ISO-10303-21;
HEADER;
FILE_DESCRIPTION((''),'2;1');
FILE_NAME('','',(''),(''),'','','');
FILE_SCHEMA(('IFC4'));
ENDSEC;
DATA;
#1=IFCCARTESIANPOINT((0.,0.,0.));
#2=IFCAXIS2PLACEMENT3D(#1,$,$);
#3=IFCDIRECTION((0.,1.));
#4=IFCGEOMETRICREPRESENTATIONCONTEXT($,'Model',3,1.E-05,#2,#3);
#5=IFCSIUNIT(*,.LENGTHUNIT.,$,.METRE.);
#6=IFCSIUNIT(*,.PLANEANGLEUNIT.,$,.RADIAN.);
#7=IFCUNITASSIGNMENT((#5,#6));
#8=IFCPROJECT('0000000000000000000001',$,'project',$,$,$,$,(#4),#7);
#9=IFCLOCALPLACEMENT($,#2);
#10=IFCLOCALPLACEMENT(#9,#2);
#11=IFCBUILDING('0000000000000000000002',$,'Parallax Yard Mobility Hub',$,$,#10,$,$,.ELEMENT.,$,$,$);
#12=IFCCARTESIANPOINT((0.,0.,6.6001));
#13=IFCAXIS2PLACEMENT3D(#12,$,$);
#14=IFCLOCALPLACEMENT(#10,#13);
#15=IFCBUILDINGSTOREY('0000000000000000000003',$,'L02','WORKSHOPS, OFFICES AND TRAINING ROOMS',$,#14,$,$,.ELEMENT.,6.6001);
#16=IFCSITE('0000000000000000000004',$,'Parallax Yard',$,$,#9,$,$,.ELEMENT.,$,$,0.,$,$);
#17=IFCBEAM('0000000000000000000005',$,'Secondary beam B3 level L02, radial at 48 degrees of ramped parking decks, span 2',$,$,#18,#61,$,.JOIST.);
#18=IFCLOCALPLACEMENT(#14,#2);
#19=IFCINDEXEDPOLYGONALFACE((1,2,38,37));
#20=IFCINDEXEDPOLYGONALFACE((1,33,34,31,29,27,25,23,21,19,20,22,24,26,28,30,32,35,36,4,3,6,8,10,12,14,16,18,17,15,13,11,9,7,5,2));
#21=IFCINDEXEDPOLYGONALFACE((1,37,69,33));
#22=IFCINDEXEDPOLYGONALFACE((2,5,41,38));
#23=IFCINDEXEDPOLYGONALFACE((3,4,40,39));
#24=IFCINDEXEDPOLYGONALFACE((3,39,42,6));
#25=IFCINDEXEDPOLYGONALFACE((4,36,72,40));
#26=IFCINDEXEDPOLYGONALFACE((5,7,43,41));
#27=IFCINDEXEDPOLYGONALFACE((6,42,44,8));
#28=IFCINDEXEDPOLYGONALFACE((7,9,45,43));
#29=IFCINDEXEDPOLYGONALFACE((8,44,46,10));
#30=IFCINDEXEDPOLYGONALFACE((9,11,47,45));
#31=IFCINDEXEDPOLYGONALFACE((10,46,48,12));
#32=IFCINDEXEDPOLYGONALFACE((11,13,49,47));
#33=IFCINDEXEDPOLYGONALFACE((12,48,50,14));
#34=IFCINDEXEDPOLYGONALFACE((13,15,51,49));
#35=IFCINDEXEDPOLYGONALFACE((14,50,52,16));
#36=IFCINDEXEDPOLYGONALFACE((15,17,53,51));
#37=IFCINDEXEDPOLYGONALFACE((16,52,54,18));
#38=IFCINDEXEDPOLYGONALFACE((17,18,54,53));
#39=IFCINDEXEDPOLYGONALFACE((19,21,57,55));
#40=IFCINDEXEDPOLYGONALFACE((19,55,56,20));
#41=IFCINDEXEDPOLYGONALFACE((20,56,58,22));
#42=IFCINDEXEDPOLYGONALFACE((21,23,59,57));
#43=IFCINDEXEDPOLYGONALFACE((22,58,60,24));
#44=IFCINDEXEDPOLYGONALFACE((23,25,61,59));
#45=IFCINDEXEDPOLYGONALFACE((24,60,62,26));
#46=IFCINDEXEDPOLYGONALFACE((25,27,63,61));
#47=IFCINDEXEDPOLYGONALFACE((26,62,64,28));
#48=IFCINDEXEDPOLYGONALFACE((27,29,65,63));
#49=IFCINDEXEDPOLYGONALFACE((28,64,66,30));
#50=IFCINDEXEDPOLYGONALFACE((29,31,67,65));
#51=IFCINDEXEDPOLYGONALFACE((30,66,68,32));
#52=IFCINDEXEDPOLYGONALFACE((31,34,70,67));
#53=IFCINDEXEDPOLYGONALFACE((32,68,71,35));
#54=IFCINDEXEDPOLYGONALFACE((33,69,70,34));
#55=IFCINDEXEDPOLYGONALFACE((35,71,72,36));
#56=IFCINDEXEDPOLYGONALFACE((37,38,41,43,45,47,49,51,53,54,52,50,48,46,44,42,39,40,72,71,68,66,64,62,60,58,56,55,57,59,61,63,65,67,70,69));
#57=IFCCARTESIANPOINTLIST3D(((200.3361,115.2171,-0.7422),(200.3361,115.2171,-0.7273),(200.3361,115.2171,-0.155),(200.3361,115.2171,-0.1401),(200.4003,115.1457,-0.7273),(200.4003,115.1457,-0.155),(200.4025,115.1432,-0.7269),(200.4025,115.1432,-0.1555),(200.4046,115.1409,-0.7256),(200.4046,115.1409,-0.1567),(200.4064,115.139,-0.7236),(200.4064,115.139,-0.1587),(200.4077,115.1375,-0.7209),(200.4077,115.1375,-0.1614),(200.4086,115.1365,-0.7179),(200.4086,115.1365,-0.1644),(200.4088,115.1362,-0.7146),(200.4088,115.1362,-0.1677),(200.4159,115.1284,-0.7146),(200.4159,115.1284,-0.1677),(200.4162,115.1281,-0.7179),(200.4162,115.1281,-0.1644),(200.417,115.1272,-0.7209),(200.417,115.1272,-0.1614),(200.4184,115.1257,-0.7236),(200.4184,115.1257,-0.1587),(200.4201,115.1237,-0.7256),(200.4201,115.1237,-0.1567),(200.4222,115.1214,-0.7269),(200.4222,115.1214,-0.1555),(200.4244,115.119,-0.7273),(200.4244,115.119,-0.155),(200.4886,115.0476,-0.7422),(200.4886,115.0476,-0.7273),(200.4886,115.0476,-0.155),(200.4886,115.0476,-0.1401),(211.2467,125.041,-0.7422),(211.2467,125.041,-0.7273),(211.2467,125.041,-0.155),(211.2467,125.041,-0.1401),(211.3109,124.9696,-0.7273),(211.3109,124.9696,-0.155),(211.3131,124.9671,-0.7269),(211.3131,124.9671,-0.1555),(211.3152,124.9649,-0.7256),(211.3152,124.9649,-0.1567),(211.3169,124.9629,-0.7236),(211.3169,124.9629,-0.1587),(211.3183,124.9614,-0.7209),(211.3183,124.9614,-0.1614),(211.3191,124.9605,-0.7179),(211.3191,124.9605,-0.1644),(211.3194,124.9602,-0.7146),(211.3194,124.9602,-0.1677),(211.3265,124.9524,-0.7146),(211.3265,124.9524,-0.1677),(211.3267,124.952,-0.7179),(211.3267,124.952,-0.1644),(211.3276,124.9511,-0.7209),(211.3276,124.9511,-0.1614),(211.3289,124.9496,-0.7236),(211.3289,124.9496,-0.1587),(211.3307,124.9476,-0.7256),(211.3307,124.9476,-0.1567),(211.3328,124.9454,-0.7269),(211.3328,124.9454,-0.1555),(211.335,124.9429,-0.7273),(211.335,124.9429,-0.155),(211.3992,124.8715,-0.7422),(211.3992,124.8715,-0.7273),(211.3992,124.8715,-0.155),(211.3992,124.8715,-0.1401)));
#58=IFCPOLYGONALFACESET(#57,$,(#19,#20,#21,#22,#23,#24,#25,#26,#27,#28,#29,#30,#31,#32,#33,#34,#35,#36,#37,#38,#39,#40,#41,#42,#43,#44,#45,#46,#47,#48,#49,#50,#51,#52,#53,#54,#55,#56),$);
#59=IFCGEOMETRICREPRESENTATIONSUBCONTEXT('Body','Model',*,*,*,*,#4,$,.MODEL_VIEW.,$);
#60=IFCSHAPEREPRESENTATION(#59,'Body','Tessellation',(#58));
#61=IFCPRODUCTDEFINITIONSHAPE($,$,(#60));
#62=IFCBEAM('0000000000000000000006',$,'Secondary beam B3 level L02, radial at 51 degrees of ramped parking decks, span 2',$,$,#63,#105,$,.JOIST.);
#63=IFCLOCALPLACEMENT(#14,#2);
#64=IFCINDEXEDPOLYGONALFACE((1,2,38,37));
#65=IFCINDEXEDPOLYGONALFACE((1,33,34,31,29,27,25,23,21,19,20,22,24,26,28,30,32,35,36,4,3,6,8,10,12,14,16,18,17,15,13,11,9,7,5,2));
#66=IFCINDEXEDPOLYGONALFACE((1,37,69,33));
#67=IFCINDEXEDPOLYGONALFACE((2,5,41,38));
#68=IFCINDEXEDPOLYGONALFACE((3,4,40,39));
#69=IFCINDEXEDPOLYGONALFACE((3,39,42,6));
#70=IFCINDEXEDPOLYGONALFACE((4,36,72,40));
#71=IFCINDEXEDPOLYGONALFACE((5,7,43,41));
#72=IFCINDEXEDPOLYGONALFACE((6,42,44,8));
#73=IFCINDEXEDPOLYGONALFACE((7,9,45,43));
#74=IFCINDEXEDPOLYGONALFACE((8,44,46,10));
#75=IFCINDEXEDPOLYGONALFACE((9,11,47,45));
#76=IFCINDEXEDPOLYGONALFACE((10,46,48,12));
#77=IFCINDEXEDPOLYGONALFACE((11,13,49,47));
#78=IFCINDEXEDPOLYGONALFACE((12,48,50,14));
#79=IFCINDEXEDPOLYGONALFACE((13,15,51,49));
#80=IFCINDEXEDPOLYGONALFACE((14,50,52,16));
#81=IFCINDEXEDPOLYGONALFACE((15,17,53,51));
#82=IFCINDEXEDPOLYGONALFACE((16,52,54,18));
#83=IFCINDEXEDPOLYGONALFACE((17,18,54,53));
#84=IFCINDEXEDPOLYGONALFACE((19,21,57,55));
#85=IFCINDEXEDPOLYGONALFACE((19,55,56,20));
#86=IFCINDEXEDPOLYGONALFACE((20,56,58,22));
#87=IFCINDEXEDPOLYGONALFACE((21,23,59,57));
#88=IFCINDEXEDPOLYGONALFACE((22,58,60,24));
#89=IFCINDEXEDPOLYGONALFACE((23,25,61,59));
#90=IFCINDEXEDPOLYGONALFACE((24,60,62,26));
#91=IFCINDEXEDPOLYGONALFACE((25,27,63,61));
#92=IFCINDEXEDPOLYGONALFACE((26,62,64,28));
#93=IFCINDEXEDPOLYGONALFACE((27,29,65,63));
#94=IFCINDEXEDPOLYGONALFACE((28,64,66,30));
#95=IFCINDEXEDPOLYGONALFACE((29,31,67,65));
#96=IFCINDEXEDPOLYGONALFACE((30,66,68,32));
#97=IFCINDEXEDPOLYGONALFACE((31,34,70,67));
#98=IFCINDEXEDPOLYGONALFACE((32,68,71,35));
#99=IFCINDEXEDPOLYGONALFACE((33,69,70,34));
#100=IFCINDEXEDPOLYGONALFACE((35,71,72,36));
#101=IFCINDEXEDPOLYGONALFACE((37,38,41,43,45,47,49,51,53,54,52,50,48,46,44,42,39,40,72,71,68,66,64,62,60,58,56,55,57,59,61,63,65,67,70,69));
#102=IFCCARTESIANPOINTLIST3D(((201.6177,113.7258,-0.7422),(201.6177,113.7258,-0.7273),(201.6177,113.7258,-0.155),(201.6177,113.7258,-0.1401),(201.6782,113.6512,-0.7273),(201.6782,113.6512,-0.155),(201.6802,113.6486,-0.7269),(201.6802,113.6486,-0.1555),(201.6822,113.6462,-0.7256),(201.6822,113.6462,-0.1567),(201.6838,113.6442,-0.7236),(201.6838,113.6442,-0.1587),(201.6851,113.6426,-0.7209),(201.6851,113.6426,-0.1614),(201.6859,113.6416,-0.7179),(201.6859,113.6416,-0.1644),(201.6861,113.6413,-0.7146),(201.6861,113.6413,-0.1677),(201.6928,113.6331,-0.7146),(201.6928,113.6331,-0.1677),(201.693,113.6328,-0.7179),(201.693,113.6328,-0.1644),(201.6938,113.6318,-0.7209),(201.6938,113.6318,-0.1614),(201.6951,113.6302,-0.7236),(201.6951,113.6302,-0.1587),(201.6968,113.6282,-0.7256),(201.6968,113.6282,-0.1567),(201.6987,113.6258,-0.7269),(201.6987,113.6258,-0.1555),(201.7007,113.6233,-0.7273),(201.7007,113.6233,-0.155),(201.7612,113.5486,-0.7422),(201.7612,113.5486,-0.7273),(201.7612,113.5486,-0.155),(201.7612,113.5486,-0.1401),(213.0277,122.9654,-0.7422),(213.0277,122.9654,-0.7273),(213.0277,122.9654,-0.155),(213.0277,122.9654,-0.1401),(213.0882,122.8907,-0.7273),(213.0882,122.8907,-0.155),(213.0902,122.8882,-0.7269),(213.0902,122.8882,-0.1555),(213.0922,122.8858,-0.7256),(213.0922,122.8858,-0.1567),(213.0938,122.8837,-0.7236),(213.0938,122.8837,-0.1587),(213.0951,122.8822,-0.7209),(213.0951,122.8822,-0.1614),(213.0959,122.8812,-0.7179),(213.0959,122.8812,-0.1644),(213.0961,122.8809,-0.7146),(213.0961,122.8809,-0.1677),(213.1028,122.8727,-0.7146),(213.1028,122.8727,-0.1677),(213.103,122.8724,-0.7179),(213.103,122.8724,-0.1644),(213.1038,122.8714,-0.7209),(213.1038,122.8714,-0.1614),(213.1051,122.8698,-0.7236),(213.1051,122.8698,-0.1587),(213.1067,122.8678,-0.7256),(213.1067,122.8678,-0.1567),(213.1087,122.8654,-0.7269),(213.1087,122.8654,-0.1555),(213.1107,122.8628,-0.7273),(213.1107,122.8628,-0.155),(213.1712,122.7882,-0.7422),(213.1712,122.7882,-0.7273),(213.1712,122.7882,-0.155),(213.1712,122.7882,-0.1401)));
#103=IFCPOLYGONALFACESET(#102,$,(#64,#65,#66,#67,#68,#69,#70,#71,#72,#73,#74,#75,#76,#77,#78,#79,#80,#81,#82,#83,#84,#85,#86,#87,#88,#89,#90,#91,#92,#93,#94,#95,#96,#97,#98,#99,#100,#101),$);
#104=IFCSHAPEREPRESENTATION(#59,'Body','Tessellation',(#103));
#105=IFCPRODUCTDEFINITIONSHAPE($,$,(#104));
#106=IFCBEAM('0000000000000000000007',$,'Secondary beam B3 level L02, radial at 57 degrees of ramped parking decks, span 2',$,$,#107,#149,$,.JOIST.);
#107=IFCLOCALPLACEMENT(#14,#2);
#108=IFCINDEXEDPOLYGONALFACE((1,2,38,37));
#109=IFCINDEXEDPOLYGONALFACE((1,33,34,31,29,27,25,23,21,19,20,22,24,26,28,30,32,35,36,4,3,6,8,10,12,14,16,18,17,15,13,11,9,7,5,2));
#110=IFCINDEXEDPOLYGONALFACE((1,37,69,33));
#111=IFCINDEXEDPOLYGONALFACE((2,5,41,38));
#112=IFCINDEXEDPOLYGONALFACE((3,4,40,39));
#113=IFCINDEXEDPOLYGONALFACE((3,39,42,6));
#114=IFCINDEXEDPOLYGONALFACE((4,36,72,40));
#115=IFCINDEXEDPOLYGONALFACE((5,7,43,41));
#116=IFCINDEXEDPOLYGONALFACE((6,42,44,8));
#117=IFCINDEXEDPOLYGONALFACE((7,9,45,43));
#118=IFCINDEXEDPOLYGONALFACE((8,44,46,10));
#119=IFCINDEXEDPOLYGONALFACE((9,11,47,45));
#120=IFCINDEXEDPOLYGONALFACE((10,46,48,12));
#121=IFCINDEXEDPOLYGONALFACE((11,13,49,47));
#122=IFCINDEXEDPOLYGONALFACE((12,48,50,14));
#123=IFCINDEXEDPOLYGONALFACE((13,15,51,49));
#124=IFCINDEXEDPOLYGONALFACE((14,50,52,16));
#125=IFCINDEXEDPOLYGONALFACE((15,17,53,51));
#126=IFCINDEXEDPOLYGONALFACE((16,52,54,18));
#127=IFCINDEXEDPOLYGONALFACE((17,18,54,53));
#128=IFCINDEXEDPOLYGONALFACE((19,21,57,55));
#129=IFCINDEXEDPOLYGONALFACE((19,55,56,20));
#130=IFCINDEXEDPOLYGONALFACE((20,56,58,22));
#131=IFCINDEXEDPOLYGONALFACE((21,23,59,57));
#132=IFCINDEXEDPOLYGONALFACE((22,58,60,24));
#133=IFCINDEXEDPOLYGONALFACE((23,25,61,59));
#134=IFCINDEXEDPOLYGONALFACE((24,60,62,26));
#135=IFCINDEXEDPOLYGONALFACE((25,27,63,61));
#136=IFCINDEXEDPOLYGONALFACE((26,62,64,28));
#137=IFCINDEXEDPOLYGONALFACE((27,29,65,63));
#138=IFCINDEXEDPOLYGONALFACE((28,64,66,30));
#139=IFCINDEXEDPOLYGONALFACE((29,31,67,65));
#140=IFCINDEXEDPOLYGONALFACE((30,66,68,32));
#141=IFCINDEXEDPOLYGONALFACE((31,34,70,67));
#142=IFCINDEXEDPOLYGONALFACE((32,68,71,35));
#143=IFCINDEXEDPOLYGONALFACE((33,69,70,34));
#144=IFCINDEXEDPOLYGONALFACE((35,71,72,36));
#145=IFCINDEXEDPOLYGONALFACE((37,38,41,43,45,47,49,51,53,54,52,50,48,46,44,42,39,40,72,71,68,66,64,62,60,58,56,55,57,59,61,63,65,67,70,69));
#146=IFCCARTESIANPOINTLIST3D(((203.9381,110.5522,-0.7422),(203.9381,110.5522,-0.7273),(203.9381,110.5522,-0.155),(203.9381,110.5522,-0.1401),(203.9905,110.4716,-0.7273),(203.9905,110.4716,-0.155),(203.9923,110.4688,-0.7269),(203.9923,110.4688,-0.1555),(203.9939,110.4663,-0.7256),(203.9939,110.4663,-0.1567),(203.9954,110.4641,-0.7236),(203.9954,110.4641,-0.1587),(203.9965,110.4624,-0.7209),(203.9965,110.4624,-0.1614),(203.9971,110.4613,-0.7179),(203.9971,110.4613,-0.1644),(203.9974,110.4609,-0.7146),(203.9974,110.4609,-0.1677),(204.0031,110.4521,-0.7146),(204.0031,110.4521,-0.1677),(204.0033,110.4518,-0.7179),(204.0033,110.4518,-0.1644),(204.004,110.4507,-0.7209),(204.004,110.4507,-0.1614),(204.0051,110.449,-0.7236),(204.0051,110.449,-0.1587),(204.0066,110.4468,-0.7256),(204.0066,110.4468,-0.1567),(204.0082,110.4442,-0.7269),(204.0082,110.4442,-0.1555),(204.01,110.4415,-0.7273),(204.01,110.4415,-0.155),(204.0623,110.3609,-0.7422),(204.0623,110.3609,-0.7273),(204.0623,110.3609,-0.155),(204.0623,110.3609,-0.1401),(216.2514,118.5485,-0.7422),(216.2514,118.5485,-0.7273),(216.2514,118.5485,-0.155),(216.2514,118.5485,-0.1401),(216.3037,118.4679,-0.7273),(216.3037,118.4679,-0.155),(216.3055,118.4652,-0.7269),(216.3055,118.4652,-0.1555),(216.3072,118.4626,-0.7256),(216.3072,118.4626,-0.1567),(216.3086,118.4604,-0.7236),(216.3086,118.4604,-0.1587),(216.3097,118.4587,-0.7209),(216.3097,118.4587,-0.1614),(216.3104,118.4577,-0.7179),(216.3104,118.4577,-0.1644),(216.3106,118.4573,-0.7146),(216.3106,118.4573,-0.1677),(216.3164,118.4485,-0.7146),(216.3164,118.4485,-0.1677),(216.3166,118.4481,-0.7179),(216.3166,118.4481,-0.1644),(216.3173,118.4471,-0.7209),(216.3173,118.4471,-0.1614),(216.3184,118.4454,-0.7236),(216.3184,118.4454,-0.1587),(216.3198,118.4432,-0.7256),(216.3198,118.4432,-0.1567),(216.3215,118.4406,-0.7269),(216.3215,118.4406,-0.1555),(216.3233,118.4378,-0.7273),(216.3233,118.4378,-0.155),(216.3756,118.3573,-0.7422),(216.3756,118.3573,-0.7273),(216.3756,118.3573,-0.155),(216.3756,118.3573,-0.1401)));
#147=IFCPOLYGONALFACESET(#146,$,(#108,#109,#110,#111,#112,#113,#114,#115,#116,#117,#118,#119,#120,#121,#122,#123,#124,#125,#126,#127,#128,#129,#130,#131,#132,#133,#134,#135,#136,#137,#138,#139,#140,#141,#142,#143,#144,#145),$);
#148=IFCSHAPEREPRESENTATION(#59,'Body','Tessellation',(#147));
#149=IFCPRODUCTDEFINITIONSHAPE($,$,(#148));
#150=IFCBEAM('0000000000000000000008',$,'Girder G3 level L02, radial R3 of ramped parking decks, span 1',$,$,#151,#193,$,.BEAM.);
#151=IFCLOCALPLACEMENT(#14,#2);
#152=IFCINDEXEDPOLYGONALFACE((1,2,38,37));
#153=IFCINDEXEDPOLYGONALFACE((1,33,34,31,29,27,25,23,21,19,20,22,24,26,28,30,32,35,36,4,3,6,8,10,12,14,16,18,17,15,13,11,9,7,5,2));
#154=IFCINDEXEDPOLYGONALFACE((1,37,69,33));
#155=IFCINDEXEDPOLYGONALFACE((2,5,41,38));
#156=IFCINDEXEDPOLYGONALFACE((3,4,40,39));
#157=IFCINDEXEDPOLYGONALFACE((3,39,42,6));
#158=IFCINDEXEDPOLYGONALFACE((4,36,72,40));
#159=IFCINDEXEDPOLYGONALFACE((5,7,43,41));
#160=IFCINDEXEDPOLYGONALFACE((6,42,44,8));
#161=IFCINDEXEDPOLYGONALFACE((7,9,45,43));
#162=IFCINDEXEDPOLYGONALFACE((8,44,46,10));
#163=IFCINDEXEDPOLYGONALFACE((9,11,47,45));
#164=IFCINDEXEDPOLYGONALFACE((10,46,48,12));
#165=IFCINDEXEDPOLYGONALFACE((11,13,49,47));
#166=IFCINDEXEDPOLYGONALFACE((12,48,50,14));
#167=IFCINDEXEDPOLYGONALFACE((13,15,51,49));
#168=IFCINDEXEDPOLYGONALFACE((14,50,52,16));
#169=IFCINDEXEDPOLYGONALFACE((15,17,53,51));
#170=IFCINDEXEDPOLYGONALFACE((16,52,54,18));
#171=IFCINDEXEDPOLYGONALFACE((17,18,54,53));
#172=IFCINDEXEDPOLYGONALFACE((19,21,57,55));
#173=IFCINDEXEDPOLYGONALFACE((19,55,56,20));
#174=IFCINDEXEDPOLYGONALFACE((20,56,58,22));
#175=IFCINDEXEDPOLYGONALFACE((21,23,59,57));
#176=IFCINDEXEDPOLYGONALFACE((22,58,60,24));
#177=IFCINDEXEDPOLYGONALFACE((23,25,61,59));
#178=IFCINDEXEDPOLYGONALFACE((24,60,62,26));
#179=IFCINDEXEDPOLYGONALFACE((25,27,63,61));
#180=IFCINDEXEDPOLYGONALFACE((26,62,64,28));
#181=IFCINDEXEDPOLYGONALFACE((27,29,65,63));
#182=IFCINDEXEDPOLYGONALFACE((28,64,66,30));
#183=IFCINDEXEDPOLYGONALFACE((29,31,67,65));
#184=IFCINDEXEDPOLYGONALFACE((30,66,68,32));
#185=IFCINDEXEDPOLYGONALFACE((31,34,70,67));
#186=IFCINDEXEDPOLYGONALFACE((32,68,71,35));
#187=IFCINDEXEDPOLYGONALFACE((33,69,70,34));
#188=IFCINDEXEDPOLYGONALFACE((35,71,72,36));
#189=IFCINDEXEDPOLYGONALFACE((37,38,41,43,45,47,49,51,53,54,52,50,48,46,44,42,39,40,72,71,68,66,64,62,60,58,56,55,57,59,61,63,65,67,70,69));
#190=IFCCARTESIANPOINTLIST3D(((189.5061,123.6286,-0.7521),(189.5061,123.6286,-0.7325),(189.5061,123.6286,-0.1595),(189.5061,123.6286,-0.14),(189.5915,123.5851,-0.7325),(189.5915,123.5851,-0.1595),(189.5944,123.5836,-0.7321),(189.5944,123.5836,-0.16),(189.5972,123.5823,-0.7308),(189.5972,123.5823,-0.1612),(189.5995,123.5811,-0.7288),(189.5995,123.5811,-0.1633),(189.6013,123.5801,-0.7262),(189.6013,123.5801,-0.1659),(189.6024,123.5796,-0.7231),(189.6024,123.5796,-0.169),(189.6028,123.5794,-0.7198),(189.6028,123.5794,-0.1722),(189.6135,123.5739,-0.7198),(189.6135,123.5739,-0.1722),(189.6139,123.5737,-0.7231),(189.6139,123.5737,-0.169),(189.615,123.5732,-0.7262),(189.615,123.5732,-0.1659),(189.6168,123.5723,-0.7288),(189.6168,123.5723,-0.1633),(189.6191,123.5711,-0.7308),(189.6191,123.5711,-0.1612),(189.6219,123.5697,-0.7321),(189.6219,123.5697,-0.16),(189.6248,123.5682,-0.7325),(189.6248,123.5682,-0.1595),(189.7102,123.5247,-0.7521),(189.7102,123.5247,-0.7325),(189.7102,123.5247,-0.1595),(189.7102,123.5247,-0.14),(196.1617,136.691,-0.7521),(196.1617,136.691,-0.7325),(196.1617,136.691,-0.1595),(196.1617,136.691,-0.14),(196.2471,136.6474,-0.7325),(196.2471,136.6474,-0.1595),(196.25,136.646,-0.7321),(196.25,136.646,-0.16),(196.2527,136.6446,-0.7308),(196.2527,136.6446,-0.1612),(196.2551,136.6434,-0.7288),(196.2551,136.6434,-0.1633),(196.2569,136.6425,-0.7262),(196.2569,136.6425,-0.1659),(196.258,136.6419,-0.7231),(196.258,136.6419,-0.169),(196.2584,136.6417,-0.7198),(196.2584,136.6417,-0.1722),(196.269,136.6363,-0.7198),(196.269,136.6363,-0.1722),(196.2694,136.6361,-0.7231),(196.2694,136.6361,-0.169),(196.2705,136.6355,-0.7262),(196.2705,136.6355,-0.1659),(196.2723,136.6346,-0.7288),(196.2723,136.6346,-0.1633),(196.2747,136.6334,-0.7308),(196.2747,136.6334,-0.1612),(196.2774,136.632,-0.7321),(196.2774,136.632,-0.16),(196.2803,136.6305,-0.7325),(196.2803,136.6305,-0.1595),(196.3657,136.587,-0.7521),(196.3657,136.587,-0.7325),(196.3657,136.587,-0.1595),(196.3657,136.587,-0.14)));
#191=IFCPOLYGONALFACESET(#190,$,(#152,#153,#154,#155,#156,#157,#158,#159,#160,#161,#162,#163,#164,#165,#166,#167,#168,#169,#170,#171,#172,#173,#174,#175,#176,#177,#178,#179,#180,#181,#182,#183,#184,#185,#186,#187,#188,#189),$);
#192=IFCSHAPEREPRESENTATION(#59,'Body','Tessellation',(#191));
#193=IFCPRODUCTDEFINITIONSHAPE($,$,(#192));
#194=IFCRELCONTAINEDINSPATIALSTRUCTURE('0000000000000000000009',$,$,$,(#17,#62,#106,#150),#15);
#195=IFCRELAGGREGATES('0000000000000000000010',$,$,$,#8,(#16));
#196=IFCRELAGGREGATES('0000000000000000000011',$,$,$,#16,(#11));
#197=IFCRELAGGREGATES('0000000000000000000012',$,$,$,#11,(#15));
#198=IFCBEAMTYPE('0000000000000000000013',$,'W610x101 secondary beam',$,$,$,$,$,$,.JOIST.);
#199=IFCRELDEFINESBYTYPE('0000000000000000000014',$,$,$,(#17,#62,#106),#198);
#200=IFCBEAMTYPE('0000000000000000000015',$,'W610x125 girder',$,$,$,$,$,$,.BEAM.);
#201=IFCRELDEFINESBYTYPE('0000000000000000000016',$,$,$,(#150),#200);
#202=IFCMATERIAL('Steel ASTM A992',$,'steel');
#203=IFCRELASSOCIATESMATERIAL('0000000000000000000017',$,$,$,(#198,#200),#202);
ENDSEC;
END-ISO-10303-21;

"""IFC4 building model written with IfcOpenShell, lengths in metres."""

from ifc_helpers import new_model, si_unit, direction, frame, origin, origin_2d, place, context, subcontext, project, spatial, i_section, extrude, material, material_profile, profile_set, type_object, element, save


model = new_model("IFC4")

# Units and contexts
model_context = context("Model", 3, precision=1e-05, world=origin(), true_north=direction((0.0, 1.0)))
body_context = subcontext(model_context, "Body", "Model", "MODEL_VIEW")
ifc_project = project(units=[si_unit("LENGTHUNIT", "METRE"), si_unit("PLANEANGLEUNIT", "RADIAN")], contexts=[model_context])

# Site, building, storey
site_placement = place(None, origin())
site = spatial("IfcSite", under=ifc_project, at=site_placement, Name="Parallax Yard", CompositionType="ELEMENT", RefElevation=0.0)
building_placement = place(site_placement, origin())
building = spatial("IfcBuilding", under=site, at=building_placement, Name="Parallax Yard Mobility Hub", CompositionType="ELEMENT")
storey_placement = place(building_placement, frame((0.0, 0.0, 6.6001)))
storey = spatial("IfcBuildingStorey", under=building, at=storey_placement, Name="L02", Description="WORKSHOPS, OFFICES AND TRAINING ROOMS", CompositionType="ELEMENT", Elevation=6.6001)

# Shared definitions
ifc_material_1 = material(Name="Steel ASTM A992", Category="steel")

# Beams
ifc_material_profile_1 = material_profile(ifc_material_1, i_section(OverallWidth=0.228, OverallDepth=0.6021, WebThickness=0.0105, FlangeThickness=0.0149, FilletRadius=0.0127, at=origin_2d()), Name="W610x101")
ifc_profile_set_1 = profile_set([ifc_material_profile_1], Name="Steel ASTM A992")
beam_type_1 = type_object("IfcBeamType", Name="W610x101 secondary beam", PredefinedType="JOIST", material=ifc_profile_set_1)
for number, where, z_axis, x_axis, name in (
    (1, (200.4124, 115.1323, -0.4412), (0.743145, 0.66913, 0.0), (-0.66913, 0.743145, 0.0), "Secondary beam B3 level L02, radial at 48 degrees of ramped parking decks, span 2"),
):
    element("IfcBeam", number, at=place(storey_placement, frame(where, z_axis=z_axis, x_axis=x_axis)), inside=storey, type_object=beam_type_1, Name=name, PredefinedType="JOIST", context=body_context, shape_type="SweptSolid", body=[
        extrude(i_section(OverallWidth=0.228, OverallDepth=0.6021, WebThickness=0.0105, FlangeThickness=0.0149, FilletRadius=0.0127, at=origin_2d()), origin(), (0.0, 0.0, 1.0), 14.6816),
    ])
for number, where, z_axis, x_axis, name in (
    (2, (201.6895, 113.6372, -0.4412), (0.777148, 0.629318, 0.0), (-0.629318, 0.777148, 0.0), "Secondary beam B3 level L02, radial at 51 degrees of ramped parking decks, span 2"),
    (3, (204.0002, 110.4565, -0.4412), (0.83867, 0.544641, 0.0), (-0.544641, 0.83867, 0.0), "Secondary beam B3 level L02, radial at 57 degrees of ramped parking decks, span 2"),
):
    element("IfcBeam", number, at=place(storey_placement, frame(where, z_axis=z_axis, x_axis=x_axis)), inside=storey, type_object=beam_type_1, Name=name, PredefinedType="JOIST", context=body_context, shape_type="SweptSolid", body=[
        extrude(i_section(OverallWidth=0.228, OverallDepth=0.6021, WebThickness=0.0105, FlangeThickness=0.0149, FilletRadius=0.0127, at=origin_2d()), origin(), (0.0, 0.0, 1.0), 14.6819),
    ])
ifc_material_profile_2 = material_profile(ifc_material_1, i_section(OverallWidth=0.229, OverallDepth=0.6121, WebThickness=0.012, FlangeThickness=0.0195, FilletRadius=0.0127, at=origin_2d()), Name="W610x125")
ifc_profile_set_2 = profile_set([ifc_material_profile_2], Name="Steel ASTM A992")
beam_type_2 = type_object("IfcBeamType", Name="W610x125 girder", PredefinedType="BEAM", material=ifc_profile_set_2)
beam_1_placement = place(storey_placement, frame((189.6082, 123.5767, -0.446), z_axis=(0.453989, 0.891007, 0.0), x_axis=(-0.891007, 0.453989, 0.0)))
element("IfcBeam", 4, at=beam_1_placement, inside=storey, type_object=beam_type_2, Name="Girder G3 level L02, radial R3 of ramped parking decks, span 1", PredefinedType="BEAM", context=body_context, shape_type="SweptSolid", body=[
    extrude(i_section(OverallWidth=0.229, OverallDepth=0.6121, WebThickness=0.012, FlangeThickness=0.0195, FilletRadius=0.0127, at=origin_2d()), origin(), (0.0, 0.0, 1.0), 14.6602),
])

save(model, "model.ifc")
